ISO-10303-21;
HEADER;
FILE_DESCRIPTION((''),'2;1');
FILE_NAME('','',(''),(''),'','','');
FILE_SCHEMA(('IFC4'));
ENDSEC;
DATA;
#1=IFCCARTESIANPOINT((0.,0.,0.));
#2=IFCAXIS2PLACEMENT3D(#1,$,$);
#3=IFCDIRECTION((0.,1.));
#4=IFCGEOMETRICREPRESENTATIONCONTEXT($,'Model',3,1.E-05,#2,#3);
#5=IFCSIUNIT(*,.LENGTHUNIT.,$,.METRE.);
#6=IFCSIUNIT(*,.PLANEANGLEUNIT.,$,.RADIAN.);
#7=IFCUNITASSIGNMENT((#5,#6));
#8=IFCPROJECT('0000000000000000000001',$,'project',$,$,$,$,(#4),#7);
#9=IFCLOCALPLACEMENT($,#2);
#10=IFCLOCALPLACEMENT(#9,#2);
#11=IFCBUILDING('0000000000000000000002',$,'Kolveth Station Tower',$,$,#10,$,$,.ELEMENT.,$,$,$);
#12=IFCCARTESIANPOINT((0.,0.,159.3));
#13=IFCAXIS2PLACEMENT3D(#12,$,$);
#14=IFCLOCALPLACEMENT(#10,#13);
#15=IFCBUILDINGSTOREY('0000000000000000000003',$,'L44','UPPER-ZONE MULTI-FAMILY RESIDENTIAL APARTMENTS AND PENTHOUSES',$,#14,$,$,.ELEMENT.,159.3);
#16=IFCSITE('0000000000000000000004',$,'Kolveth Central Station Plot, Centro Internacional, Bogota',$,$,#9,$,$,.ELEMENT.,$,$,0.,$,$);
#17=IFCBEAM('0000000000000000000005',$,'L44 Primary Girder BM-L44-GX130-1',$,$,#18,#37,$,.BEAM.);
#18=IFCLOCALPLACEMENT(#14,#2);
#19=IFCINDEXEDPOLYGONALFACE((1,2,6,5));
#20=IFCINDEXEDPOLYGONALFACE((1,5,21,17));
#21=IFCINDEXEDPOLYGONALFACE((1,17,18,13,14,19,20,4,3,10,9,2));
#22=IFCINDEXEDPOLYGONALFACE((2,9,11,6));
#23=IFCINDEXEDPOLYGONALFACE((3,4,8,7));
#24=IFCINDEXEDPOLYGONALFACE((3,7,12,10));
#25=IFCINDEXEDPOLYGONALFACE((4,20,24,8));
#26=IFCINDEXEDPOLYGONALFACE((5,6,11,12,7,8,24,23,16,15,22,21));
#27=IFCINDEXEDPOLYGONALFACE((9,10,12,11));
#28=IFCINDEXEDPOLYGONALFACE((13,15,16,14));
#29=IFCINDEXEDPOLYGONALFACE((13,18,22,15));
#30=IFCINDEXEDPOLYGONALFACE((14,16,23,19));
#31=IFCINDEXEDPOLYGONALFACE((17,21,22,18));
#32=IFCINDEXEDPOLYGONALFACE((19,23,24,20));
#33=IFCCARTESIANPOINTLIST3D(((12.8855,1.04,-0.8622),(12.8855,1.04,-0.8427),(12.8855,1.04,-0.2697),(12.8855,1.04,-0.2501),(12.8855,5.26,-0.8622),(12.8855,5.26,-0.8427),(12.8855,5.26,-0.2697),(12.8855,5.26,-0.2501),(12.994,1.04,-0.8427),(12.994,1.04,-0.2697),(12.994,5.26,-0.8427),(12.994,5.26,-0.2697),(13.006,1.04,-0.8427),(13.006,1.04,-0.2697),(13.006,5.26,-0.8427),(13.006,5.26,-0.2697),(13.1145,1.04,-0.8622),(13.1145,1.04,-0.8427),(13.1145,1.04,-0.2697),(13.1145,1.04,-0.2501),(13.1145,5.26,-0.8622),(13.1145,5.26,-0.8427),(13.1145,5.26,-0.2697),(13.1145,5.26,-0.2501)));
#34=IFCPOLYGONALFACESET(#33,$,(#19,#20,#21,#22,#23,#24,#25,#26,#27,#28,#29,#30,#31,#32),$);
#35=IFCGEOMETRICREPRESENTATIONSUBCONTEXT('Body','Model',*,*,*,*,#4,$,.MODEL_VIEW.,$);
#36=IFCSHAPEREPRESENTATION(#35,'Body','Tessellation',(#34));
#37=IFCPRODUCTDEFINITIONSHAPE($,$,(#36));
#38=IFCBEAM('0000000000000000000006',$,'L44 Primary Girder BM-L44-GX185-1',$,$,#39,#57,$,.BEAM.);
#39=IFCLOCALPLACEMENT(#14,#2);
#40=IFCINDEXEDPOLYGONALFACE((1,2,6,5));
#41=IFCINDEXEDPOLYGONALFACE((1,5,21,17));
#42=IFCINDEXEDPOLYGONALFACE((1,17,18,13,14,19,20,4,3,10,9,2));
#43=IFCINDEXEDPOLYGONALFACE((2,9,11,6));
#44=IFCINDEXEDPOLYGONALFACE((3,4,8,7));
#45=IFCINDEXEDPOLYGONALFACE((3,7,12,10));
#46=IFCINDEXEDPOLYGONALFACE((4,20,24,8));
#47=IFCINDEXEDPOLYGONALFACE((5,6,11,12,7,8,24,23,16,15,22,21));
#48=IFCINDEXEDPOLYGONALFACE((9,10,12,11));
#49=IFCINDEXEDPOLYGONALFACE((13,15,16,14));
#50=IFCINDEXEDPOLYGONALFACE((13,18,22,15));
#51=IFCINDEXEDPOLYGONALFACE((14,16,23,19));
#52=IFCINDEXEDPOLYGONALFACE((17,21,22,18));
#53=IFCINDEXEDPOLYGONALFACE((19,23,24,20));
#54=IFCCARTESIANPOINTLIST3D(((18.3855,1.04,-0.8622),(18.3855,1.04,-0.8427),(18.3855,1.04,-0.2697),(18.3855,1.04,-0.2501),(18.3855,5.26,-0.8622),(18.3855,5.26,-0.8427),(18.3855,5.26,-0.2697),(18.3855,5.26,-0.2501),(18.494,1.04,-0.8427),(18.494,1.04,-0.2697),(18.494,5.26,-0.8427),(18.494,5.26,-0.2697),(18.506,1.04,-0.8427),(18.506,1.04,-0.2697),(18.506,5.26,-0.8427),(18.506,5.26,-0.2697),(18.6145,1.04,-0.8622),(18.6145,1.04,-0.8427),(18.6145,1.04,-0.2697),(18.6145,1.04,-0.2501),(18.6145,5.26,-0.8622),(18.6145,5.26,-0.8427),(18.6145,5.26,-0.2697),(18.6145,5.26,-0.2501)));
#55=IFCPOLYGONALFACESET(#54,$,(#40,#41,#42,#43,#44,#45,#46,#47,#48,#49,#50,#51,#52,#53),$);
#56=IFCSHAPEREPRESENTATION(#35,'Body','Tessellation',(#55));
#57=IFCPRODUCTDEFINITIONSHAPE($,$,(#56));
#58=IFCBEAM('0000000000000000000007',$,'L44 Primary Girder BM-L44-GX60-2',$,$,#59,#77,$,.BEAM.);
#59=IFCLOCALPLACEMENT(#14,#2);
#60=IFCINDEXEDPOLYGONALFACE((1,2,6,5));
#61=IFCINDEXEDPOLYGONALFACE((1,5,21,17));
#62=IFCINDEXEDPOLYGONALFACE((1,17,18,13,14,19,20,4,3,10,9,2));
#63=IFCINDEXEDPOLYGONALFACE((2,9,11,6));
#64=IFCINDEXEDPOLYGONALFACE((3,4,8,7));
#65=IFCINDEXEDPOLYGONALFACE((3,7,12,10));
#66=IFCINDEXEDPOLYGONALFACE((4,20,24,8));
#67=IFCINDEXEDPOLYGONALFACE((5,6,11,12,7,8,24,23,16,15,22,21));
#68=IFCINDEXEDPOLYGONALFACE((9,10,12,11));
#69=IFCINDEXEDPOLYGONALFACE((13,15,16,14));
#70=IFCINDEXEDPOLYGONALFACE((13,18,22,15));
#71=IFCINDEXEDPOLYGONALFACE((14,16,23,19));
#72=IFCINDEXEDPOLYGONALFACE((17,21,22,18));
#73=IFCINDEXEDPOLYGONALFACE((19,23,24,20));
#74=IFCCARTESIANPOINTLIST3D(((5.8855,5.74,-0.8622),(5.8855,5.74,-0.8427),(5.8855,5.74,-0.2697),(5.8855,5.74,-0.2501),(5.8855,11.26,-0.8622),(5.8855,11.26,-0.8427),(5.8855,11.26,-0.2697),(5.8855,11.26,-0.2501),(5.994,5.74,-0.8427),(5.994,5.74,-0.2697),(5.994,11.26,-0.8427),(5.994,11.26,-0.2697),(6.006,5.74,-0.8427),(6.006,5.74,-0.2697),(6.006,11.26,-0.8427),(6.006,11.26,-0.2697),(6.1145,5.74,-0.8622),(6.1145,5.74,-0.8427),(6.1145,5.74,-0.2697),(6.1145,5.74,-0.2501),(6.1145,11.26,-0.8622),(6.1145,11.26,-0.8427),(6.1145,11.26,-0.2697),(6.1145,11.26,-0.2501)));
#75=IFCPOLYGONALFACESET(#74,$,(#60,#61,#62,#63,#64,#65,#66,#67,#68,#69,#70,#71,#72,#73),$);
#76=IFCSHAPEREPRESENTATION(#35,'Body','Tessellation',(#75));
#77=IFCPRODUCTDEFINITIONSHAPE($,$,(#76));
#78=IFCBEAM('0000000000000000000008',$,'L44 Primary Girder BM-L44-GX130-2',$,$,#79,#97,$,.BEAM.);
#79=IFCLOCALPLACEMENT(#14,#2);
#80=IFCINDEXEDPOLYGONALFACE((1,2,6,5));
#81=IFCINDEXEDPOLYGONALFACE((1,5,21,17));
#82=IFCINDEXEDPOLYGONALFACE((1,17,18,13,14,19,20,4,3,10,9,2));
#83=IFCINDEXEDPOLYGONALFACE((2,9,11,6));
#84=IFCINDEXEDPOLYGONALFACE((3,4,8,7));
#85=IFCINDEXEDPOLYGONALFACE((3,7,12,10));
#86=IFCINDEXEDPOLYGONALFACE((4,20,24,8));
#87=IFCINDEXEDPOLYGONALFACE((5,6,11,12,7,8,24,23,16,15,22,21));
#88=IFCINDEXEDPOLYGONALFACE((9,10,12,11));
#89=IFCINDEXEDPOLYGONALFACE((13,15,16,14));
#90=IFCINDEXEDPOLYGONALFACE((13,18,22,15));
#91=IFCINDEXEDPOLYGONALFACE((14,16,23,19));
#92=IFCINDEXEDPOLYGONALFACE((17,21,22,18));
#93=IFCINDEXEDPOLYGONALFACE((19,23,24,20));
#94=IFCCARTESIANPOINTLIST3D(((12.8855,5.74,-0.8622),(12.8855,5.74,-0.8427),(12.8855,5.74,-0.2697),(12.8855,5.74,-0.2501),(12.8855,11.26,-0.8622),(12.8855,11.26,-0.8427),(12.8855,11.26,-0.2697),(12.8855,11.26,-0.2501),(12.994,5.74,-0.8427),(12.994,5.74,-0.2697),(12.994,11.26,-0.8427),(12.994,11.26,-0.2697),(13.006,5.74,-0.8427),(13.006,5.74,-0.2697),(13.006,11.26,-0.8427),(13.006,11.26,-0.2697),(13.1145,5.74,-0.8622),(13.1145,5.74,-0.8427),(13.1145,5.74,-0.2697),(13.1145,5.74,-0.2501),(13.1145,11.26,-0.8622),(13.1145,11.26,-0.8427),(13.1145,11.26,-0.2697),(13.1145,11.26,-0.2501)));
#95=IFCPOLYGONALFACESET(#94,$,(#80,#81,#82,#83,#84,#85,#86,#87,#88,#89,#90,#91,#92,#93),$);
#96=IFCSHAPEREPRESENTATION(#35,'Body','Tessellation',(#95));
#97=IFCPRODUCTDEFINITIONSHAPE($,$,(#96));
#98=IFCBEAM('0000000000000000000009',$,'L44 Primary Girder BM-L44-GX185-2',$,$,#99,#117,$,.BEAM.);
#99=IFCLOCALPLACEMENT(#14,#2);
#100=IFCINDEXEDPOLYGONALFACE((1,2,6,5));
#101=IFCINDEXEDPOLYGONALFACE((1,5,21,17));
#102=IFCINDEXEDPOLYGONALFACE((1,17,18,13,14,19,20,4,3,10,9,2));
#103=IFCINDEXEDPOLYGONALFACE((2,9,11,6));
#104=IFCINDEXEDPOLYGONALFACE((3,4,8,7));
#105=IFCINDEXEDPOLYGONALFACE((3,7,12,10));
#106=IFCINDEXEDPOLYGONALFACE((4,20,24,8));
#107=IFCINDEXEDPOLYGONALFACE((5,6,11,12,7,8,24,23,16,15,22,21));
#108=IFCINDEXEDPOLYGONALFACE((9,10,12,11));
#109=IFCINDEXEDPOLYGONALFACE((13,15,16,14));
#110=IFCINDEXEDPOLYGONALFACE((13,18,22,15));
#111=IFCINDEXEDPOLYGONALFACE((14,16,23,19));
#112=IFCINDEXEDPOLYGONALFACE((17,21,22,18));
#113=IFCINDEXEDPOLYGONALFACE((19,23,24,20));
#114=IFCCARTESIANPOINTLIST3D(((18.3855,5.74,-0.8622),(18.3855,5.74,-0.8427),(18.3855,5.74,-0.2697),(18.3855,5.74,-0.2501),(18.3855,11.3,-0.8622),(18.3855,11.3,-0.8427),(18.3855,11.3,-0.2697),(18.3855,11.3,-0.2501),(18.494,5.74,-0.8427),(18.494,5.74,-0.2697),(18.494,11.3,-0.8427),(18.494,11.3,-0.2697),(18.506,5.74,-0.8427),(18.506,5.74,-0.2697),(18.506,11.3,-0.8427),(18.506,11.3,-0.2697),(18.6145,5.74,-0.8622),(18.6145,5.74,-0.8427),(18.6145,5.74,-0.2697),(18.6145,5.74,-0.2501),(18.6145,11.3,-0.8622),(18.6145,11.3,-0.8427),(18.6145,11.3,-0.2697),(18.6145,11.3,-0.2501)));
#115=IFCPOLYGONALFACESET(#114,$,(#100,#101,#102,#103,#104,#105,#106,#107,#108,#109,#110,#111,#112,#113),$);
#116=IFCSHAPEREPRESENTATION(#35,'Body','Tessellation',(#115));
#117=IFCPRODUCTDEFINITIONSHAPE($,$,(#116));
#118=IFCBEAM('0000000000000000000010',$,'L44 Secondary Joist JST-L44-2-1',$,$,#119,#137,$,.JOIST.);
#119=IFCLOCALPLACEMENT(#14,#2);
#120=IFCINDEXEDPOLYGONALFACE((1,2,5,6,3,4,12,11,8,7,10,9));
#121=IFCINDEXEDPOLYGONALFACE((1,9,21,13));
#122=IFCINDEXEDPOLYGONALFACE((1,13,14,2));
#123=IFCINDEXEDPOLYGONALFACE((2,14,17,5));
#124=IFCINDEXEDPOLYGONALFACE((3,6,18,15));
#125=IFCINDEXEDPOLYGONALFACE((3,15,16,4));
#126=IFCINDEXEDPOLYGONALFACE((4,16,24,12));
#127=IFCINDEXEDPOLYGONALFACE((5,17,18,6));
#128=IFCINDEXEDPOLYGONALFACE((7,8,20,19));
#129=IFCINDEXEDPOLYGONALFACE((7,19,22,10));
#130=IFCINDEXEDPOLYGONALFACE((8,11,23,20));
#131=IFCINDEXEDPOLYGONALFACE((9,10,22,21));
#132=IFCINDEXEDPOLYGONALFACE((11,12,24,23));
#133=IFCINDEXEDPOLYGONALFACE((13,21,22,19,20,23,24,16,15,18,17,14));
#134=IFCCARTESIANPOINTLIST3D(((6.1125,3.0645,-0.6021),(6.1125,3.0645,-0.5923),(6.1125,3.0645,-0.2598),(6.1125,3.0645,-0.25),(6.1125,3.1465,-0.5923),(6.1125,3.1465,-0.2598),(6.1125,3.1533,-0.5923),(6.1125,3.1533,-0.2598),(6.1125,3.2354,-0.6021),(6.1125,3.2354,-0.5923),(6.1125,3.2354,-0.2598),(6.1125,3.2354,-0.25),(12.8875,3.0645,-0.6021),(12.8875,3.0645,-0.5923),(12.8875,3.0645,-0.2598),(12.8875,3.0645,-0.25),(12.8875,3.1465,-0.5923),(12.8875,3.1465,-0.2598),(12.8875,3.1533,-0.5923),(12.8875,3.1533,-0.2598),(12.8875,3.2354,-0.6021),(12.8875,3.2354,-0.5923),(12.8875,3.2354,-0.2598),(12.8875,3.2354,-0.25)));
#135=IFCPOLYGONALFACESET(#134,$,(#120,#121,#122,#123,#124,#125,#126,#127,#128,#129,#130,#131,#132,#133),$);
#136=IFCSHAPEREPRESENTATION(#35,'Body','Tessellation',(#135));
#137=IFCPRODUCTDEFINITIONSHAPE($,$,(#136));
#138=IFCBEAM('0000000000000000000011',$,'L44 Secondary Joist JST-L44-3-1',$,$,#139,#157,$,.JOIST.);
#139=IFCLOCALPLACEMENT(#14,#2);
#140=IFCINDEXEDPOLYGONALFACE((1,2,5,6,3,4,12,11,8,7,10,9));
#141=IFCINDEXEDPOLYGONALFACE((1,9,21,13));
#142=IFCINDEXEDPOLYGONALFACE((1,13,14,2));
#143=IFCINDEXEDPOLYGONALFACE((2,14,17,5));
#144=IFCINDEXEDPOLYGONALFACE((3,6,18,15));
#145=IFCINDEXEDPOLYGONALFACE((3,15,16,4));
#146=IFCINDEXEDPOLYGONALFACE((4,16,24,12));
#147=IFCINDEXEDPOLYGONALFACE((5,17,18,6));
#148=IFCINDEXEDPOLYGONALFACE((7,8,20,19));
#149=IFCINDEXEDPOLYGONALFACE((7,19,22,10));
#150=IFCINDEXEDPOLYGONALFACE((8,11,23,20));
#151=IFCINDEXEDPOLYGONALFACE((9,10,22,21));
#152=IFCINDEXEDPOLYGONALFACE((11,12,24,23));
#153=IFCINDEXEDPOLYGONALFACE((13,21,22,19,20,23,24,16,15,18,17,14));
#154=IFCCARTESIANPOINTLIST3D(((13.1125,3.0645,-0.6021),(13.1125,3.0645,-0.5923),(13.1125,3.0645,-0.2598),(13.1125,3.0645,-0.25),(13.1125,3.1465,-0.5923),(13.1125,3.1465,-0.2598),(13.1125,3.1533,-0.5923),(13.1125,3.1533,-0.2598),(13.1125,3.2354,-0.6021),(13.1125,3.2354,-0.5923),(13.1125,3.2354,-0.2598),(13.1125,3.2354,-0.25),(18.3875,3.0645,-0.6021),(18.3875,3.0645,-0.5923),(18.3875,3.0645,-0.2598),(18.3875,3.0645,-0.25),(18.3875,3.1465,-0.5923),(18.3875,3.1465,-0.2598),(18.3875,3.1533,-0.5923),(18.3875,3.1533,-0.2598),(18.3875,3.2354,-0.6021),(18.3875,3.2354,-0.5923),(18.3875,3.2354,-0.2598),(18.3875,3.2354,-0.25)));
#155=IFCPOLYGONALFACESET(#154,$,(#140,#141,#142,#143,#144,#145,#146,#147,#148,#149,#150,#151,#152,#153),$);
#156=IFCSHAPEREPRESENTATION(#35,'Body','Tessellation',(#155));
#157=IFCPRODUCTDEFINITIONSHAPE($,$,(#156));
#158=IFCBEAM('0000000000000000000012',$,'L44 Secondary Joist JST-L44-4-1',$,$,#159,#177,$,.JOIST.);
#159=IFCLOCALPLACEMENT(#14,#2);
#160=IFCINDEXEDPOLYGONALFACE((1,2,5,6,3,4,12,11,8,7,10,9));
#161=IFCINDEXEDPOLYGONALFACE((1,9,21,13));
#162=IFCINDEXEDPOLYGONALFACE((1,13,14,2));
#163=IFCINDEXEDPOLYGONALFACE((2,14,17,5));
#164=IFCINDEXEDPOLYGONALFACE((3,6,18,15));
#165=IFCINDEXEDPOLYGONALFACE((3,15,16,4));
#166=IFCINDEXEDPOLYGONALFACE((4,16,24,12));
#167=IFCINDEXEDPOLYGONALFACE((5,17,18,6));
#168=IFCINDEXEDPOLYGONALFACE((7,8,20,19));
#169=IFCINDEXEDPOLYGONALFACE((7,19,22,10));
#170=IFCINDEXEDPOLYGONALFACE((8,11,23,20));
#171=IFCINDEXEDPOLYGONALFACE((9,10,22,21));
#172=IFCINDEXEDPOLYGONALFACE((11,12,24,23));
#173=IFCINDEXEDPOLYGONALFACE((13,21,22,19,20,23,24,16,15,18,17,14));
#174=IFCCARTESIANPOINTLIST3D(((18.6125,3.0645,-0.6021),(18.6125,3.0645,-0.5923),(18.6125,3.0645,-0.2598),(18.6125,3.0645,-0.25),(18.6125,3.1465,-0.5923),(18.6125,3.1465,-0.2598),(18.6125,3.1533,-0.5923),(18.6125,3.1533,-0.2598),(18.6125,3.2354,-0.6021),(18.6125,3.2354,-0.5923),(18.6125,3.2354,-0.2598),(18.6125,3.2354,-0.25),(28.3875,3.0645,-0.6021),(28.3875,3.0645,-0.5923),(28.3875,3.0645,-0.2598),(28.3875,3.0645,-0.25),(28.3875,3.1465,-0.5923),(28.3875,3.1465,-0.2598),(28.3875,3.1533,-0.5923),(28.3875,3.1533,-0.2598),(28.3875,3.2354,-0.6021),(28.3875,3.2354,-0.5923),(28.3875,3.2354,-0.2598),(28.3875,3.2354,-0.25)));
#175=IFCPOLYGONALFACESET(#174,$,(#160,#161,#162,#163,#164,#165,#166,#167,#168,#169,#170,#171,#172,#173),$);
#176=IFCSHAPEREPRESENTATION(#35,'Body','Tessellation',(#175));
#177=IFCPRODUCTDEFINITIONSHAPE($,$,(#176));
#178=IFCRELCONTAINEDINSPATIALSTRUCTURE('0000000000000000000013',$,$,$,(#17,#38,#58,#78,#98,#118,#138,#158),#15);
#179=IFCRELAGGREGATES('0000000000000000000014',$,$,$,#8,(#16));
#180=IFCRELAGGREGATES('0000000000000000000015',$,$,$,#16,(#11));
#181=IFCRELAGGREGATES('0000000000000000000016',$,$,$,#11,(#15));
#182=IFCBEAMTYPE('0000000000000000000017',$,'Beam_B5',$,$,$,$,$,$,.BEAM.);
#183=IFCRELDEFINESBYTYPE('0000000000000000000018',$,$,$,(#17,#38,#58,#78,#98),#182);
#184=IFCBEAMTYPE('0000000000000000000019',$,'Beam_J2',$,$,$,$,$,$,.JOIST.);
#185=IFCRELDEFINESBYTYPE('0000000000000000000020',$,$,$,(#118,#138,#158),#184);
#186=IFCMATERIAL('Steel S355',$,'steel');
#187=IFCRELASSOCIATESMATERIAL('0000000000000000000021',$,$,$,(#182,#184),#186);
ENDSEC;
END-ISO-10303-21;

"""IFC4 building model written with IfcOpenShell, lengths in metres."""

from ifc_helpers import new_model, si_unit, direction, frame, origin, origin_2d, place, context, subcontext, project, spatial, i_section, extrude, source, transform, mapped, material, material_profile, profile_set, type_object, element, save


model = new_model("IFC4")

# Units and contexts
model_context = context("Model", 3, precision=1e-05, world=origin(), true_north=direction((0.0, 1.0)))
body_context = subcontext(model_context, "Body", "Model", "MODEL_VIEW")
ifc_project = project(units=[si_unit("LENGTHUNIT", "METRE"), si_unit("PLANEANGLEUNIT", "RADIAN")], contexts=[model_context])

# Site, building, storey
site_placement = place(None, origin())
site = spatial("IfcSite", under=ifc_project, at=site_placement, Name="Kolveth Central Station Plot, Centro Internacional, Bogota", CompositionType="ELEMENT", RefElevation=0.0)
building_placement = place(site_placement, origin())
building = spatial("IfcBuilding", under=site, at=building_placement, Name="Kolveth Station Tower", CompositionType="ELEMENT")
storey_placement = place(building_placement, frame((0.0, 0.0, 159.3)))
storey = spatial("IfcBuildingStorey", under=building, at=storey_placement, Name="L44", Description="UPPER-ZONE MULTI-FAMILY RESIDENTIAL APARTMENTS AND PENTHOUSES", CompositionType="ELEMENT", Elevation=159.3)

# Shared definitions
ifc_material_1 = material(Name="Steel S355", Category="steel")

# Beams
ifc_material_profile_1 = material_profile(ifc_material_1, i_section(OverallWidth=0.229, OverallDepth=0.6121, WebThickness=0.012, FlangeThickness=0.0195, at=origin_2d()), Name="W610x125")
ifc_profile_set_1 = profile_set([ifc_material_profile_1], Name="Steel S355")
beam_type_1 = type_object("IfcBeamType", Name="Beam_B5", PredefinedType="BEAM", material=ifc_profile_set_1)
shared_shape_1 = source(origin(), body_context, "Body", "SweptSolid", [
    extrude(i_section(OverallWidth=0.229, OverallDepth=0.6121, WebThickness=0.012, FlangeThickness=0.0195, at=origin_2d()), origin(), (0.0, 0.0, 1.0), 4.22),
])
for number, where, z_axis, x_axis, name in (
    (1, (13.0, 1.04, -0.5562), (0.0, 1.0, 0.0), (-1.0, 0.0, 0.0), "L44 Primary Girder BM-L44-GX130-1"),
    (2, (18.5, 1.04, -0.5562), (0.0, 1.0, 0.0), (-1.0, 0.0, 0.0), "L44 Primary Girder BM-L44-GX185-1"),
):
    element("IfcBeam", number, at=place(storey_placement, frame(where, z_axis=z_axis, x_axis=x_axis)), inside=storey, type_object=beam_type_1, Name=name, PredefinedType="BEAM", context=body_context, shape_type="MappedRepresentation", body=[
        mapped(shared_shape_1, transform((0.0, 0.0, 0.0), x_axis=(1.0, 0.0, 0.0), y_axis=(0.0, 1.0, 0.0), z_axis=(0.0, 0.0, 1.0), scale=1.0)),
    ])
shared_shape_2 = source(origin(), body_context, "Body", "SweptSolid", [
    extrude(i_section(OverallWidth=0.229, OverallDepth=0.6121, WebThickness=0.012, FlangeThickness=0.0195, at=origin_2d()), origin(), (0.0, 0.0, 1.0), 5.52),
])
for number, where, z_axis, x_axis, name in (
    (3, (6.0, 5.74, -0.5562), (0.0, 1.0, 0.0), (-1.0, 0.0, 0.0), "L44 Primary Girder BM-L44-GX60-2"),
    (4, (13.0, 5.74, -0.5562), (0.0, 1.0, 0.0), (-1.0, 0.0, 0.0), "L44 Primary Girder BM-L44-GX130-2"),
):
    element("IfcBeam", number, at=place(storey_placement, frame(where, z_axis=z_axis, x_axis=x_axis)), inside=storey, type_object=beam_type_1, Name=name, PredefinedType="BEAM", context=body_context, shape_type="MappedRepresentation", body=[
        mapped(shared_shape_2, transform((0.0, 0.0, 0.0), x_axis=(1.0, 0.0, 0.0), y_axis=(0.0, 1.0, 0.0), z_axis=(0.0, 0.0, 1.0), scale=1.0)),
    ])
shared_shape_3 = source(origin(), body_context, "Body", "SweptSolid", [
    extrude(i_section(OverallWidth=0.229, OverallDepth=0.6121, WebThickness=0.012, FlangeThickness=0.0195, at=origin_2d()), origin(), (0.0, 0.0, 1.0), 5.5601),
])
beam_1_placement = place(storey_placement, frame((18.5, 5.74, -0.5562), z_axis=(0.0, 1.0, 0.0), x_axis=(-1.0, 0.0, 0.0)))
element("IfcBeam", 5, at=beam_1_placement, inside=storey, type_object=beam_type_1, Name="L44 Primary Girder BM-L44-GX185-2", PredefinedType="BEAM", context=body_context, shape_type="MappedRepresentation", body=[
    mapped(shared_shape_3, transform((0.0, 0.0, 0.0), x_axis=(1.0, 0.0, 0.0), y_axis=(0.0, 1.0, 0.0), z_axis=(0.0, 0.0, 1.0), scale=1.0)),
])
ifc_material_profile_2 = material_profile(ifc_material_1, i_section(OverallWidth=0.1709, OverallDepth=0.3521, WebThickness=0.0068, FlangeThickness=0.0098, at=origin_2d()), Name="W360x44")
ifc_profile_set_2 = profile_set([ifc_material_profile_2], Name="Steel S355")
beam_type_2 = type_object("IfcBeamType", Name="Beam_J2", PredefinedType="JOIST", material=ifc_profile_set_2)
shared_shape_4 = source(origin(), body_context, "Body", "SweptSolid", [
    extrude(i_section(OverallWidth=0.1709, OverallDepth=0.3521, WebThickness=0.0068, FlangeThickness=0.0098, at=origin_2d()), origin(), (0.0, 0.0, 1.0), 6.7749),
])
beam_2_placement = place(storey_placement, frame((6.1125, 3.1499, -0.426), z_axis=(1.0, 0.0, 0.0), x_axis=(0.0, 1.0, 0.0)))
element("IfcBeam", 6, at=beam_2_placement, inside=storey, type_object=beam_type_2, Name="L44 Secondary Joist JST-L44-2-1", PredefinedType="JOIST", context=body_context, shape_type="MappedRepresentation", body=[
    mapped(shared_shape_4, transform((0.0, 0.0, 0.0), x_axis=(1.0, 0.0, 0.0), y_axis=(0.0, 1.0, 0.0), z_axis=(0.0, 0.0, 1.0), scale=1.0)),
])
shared_shape_5 = source(origin(), body_context, "Body", "SweptSolid", [
    extrude(i_section(OverallWidth=0.1709, OverallDepth=0.3521, WebThickness=0.0068, FlangeThickness=0.0098, at=origin_2d()), origin(), (0.0, 0.0, 1.0), 5.2749),
])
beam_3_placement = place(storey_placement, frame((13.1125, 3.1499, -0.426), z_axis=(1.0, 0.0, 0.0), x_axis=(0.0, 1.0, 0.0)))
element("IfcBeam", 7, at=beam_3_placement, inside=storey, type_object=beam_type_2, Name="L44 Secondary Joist JST-L44-3-1", PredefinedType="JOIST", context=body_context, shape_type="MappedRepresentation", body=[
    mapped(shared_shape_5, transform((0.0, 0.0, 0.0), x_axis=(1.0, 0.0, 0.0), y_axis=(0.0, 1.0, 0.0), z_axis=(0.0, 0.0, 1.0), scale=1.0)),
])
shared_shape_6 = source(origin(), body_context, "Body", "SweptSolid", [
    extrude(i_section(OverallWidth=0.1709, OverallDepth=0.3521, WebThickness=0.0068, FlangeThickness=0.0098, at=origin_2d()), origin(), (0.0, 0.0, 1.0), 9.7749),
])
beam_4_placement = place(storey_placement, frame((18.6125, 3.1499, -0.426), z_axis=(1.0, 0.0, 0.0), x_axis=(0.0, 1.0, 0.0)))
element("IfcBeam", 8, at=beam_4_placement, inside=storey, type_object=beam_type_2, Name="L44 Secondary Joist JST-L44-4-1", PredefinedType="JOIST", context=body_context, shape_type="MappedRepresentation", body=[
    mapped(shared_shape_6, transform((0.0, 0.0, 0.0), x_axis=(1.0, 0.0, 0.0), y_axis=(0.0, 1.0, 0.0), z_axis=(0.0, 0.0, 1.0), scale=1.0)),
])

save(model, "model.ifc")
